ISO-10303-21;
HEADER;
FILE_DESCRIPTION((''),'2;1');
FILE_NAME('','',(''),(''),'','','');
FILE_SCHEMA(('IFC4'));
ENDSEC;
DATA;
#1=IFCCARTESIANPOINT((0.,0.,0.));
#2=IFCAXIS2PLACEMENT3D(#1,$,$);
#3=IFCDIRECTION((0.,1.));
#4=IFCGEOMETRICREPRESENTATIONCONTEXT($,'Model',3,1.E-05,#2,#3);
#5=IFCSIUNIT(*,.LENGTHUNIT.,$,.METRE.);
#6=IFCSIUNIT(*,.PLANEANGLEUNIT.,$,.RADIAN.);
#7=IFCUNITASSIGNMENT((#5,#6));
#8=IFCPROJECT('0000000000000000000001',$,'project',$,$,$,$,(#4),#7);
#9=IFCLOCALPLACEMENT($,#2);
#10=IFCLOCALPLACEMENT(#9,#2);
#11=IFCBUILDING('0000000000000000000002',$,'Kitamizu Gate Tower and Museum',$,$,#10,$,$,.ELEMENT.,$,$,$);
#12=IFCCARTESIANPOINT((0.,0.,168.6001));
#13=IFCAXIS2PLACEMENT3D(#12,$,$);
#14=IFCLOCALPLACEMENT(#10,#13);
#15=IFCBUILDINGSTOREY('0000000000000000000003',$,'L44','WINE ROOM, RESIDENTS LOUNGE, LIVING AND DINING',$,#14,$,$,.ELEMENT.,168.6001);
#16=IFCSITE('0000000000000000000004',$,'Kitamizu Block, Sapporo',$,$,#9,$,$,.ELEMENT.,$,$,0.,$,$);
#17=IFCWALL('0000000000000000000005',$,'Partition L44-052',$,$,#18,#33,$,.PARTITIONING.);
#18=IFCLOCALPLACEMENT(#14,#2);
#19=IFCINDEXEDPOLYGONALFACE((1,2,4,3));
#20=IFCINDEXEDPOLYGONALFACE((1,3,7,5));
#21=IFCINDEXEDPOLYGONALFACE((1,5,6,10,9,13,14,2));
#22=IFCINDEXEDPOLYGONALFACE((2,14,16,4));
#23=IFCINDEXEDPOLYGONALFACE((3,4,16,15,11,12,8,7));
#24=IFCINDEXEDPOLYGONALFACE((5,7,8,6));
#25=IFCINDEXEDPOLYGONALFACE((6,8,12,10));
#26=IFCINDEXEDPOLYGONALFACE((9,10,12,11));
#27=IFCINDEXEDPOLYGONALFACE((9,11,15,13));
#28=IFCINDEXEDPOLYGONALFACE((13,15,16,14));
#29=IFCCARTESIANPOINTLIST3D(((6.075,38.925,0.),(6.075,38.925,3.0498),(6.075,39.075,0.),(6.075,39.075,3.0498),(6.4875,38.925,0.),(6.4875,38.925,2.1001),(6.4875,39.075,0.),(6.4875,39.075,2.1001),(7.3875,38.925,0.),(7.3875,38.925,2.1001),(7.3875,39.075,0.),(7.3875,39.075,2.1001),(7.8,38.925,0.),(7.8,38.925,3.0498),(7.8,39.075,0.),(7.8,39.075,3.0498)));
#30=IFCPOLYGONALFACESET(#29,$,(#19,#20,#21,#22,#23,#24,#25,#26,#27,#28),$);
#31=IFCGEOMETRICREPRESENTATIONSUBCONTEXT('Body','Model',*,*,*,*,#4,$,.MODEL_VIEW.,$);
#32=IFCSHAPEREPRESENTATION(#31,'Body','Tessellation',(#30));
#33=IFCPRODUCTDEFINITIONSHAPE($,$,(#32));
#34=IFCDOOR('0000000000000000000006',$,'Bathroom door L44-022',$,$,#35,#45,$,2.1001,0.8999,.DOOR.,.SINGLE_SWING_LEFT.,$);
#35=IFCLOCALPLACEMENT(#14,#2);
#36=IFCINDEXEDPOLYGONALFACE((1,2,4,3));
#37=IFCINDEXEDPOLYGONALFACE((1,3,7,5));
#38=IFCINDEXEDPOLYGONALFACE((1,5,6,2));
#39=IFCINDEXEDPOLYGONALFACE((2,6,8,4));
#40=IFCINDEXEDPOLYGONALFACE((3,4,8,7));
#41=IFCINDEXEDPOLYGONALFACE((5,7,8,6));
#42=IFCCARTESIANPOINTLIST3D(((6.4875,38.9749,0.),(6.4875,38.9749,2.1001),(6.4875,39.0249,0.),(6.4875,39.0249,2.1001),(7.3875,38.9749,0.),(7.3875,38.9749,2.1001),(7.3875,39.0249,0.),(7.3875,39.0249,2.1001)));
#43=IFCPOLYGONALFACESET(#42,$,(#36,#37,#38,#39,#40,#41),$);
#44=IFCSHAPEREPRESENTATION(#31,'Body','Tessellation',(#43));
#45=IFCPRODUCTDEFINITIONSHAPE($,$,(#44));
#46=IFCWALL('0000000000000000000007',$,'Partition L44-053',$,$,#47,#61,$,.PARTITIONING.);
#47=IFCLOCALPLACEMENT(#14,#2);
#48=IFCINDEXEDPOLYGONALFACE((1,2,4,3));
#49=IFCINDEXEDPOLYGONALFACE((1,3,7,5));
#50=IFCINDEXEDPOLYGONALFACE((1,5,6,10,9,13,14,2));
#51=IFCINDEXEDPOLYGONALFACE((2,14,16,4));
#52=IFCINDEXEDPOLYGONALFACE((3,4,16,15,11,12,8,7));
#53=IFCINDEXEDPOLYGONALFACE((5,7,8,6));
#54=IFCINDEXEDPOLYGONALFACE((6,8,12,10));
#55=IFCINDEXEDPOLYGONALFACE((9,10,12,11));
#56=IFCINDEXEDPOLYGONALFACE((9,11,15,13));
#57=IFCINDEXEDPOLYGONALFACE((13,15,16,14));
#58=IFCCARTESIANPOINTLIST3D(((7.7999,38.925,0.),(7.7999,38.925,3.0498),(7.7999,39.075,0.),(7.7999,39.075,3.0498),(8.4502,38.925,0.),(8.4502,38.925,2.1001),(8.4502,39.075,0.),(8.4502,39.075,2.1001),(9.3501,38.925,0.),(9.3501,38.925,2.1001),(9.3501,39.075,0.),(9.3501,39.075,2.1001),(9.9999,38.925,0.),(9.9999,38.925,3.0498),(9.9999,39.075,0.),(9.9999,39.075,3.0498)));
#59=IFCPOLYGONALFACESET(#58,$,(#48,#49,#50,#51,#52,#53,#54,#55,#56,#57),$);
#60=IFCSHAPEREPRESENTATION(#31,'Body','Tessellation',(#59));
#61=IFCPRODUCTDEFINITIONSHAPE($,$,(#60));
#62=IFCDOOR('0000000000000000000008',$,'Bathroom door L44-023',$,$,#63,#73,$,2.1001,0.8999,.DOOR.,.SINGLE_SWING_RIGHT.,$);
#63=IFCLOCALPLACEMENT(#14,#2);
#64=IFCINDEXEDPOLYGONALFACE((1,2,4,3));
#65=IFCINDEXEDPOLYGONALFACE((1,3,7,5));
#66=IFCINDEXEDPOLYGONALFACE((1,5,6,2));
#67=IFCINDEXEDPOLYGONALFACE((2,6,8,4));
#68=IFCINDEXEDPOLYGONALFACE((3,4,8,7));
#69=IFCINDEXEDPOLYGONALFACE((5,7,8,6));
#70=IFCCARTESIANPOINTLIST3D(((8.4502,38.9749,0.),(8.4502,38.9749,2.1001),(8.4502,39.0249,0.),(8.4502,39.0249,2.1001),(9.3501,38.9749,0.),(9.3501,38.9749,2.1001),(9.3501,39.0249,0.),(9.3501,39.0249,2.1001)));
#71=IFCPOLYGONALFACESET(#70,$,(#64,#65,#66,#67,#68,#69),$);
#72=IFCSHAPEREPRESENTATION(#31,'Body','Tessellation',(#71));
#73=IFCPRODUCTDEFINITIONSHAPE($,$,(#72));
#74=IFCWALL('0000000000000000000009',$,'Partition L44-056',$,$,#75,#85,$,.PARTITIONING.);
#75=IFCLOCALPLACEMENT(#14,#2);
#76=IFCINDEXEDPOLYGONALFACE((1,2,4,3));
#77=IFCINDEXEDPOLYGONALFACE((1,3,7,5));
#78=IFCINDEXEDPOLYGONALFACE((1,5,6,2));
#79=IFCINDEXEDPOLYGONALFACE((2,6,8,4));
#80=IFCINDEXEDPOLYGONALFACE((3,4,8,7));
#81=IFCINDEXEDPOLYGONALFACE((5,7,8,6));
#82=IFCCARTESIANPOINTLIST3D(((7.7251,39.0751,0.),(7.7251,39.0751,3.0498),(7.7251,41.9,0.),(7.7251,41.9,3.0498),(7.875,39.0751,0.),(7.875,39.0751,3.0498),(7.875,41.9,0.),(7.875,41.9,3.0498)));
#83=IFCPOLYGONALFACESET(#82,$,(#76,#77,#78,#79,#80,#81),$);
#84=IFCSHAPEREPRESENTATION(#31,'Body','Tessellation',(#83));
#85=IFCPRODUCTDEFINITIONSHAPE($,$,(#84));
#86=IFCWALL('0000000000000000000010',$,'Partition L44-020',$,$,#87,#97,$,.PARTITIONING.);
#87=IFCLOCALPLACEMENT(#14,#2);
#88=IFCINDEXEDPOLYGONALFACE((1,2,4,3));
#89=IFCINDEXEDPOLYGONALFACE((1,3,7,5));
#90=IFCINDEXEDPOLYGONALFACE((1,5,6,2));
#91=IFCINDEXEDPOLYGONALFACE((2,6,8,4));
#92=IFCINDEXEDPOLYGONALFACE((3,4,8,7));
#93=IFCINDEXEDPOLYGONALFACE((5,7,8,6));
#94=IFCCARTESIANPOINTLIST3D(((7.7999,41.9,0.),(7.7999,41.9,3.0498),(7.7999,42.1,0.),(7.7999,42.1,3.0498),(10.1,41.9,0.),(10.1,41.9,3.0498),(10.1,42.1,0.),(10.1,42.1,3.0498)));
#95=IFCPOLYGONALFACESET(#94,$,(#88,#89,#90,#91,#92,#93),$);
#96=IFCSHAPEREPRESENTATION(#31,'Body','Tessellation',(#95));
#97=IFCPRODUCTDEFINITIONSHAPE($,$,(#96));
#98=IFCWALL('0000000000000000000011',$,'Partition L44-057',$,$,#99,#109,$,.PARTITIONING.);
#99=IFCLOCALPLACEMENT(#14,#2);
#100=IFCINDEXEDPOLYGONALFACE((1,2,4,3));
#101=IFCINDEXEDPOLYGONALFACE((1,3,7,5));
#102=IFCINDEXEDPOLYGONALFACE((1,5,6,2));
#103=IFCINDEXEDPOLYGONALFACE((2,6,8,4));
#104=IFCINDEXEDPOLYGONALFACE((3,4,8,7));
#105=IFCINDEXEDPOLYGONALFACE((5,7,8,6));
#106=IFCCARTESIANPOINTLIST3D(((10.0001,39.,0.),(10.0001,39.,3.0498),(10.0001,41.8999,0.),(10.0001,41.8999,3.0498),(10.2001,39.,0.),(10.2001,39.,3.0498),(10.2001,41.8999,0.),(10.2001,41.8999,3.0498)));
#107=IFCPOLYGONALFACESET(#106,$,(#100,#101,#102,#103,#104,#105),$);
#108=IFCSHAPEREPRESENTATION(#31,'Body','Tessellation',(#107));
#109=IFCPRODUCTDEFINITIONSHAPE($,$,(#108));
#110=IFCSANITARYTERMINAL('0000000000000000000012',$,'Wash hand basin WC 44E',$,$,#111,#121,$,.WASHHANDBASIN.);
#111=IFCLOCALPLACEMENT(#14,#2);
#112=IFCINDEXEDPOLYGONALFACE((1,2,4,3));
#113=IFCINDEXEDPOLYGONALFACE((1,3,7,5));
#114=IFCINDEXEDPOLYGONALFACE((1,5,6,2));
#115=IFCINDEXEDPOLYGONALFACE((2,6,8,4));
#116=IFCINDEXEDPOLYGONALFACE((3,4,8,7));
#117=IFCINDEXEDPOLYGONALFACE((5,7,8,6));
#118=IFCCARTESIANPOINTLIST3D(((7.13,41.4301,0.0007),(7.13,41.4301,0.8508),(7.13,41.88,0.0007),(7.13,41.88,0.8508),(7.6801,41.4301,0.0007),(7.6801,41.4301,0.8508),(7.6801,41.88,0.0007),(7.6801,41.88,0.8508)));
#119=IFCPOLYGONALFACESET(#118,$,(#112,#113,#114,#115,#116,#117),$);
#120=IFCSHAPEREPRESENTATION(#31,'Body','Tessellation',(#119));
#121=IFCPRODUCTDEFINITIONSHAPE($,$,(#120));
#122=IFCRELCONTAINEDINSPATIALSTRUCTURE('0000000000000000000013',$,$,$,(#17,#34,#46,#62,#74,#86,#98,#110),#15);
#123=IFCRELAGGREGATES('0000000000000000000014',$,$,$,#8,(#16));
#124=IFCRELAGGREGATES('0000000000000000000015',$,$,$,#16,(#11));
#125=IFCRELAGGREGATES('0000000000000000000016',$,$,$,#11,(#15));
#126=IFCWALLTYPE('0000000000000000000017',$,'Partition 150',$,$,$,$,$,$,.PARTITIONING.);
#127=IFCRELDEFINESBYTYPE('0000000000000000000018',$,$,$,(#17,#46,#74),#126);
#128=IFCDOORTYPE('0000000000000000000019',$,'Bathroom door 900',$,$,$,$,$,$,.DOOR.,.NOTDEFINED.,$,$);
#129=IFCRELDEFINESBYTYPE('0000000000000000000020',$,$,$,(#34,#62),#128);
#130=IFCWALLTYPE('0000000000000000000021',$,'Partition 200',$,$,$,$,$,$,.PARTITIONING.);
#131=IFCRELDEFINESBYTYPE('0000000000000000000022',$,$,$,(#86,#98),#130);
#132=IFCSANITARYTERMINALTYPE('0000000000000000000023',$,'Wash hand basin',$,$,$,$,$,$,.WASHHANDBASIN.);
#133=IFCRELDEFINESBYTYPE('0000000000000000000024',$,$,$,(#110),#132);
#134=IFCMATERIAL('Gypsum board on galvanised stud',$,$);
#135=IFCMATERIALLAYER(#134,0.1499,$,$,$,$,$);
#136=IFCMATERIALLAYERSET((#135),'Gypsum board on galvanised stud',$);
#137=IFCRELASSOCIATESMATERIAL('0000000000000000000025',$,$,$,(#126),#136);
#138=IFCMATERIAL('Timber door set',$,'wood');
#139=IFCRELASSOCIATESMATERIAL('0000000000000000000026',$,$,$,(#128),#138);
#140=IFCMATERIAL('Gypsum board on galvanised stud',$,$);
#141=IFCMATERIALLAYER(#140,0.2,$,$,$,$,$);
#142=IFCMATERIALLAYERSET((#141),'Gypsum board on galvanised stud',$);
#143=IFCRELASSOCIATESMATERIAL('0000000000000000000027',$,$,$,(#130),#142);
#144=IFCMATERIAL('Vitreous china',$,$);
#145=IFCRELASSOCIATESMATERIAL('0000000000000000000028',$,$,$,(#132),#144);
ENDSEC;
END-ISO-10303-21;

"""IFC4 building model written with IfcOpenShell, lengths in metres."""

from ifc_helpers import new_model, si_unit, direction, frame, frame_2d, origin, origin_2d, place, context, subcontext, project, spatial, rectangle, extrude, material, layer, layer_set, type_object, element, fill, save


model = new_model("IFC4")

# Units and contexts
model_context = context("Model", 3, precision=1e-05, world=origin(), true_north=direction((0.0, 1.0)))
body_context = subcontext(model_context, "Body", "Model", "MODEL_VIEW")
ifc_project = project(units=[si_unit("LENGTHUNIT", "METRE"), si_unit("PLANEANGLEUNIT", "RADIAN")], contexts=[model_context])

# Site, building, storey
site_placement = place(None, origin())
site = spatial("IfcSite", under=ifc_project, at=site_placement, Name="Kitamizu Block, Sapporo", CompositionType="ELEMENT", RefElevation=0.0)
building_placement = place(site_placement, origin())
building = spatial("IfcBuilding", under=site, at=building_placement, Name="Kitamizu Gate Tower and Museum", CompositionType="ELEMENT")
storey_placement = place(building_placement, frame((0.0, 0.0, 168.6001)))
storey = spatial("IfcBuildingStorey", under=building, at=storey_placement, Name="L44", Description="WINE ROOM, RESIDENTS LOUNGE, LIVING AND DINING", CompositionType="ELEMENT", Elevation=168.6001)

# Walls, openings, doors
ifc_material_1 = material(Name="Gypsum board on galvanised stud")
ifc_layer_1 = layer(ifc_material_1, 0.1499)
ifc_layer_set_1 = layer_set([ifc_layer_1], Name="Gypsum board on galvanised stud")
wall_type_1 = type_object("IfcWallType", Name="Partition 150", PredefinedType="PARTITIONING", material=ifc_layer_set_1)
wall_1_placement = place(storey_placement, frame((7.8, 39.0, 0.0), z_axis=(0.0, 0.0, 1.0), x_axis=(-1.0, 0.0, 0.0)))
wall_1 = element("IfcWall", 1, at=wall_1_placement, inside=storey, type_object=wall_type_1, Name="Partition L44-052", PredefinedType="PARTITIONING", context=body_context, shape_type="SweptSolid", body=[
    extrude(rectangle(XDim=1.7251, YDim=0.1499, at=frame_2d((0.8625, 0.0))), origin(), (0.0, 0.0, 1.0), 3.0498),
])
opening_1_placement = place(wall_1_placement, frame((0.4126, 0.0, 0.0)))
opening_1 = element("IfcOpeningElement", 2, at=opening_1_placement, cuts=wall_1, PredefinedType="OPENING", context=body_context, shape_type="SweptSolid", body=[
    extrude(rectangle(XDim=0.8999, YDim=2.1001, at=frame_2d((0.45, 1.05))), frame((0.0, 0.085, 0.0), z_axis=(0.0, -1.0, 0.0), x_axis=(1.0, 0.0, 0.0)), (0.0, 0.0, 1.0), 0.1699),
])
ifc_material_2 = material(Name="Timber door set", Category="wood")
door_type = type_object("IfcDoorType", Name="Bathroom door 900", OperationType="NOTDEFINED", PredefinedType="DOOR", material=ifc_material_2)
door_1_placement = place(opening_1_placement, frame((0.8999, 0.0, 0.0), x_axis=(-1.0, 0.0, 0.0)))
door_1 = element("IfcDoor", 3, at=door_1_placement, inside=storey, type_object=door_type, Name="Bathroom door L44-022", OperationType="SINGLE_SWING_LEFT", OverallHeight=2.1001, OverallWidth=0.8999, PredefinedType="DOOR", context=body_context, shape_type="SweptSolid", body=[
    extrude(rectangle(XDim=0.8999, YDim=2.1001, at=frame_2d((0.45, 1.05))), frame((0.0, 0.0249, 0.0), z_axis=(0.0, -1.0, 0.0), x_axis=(1.0, 0.0, 0.0)), (0.0, 0.0, 1.0), 0.05),
])
fill(opening_1, door_1)
wall_2_placement = place(storey_placement, frame((10.0, 39.0, 0.0), z_axis=(0.0, 0.0, 1.0), x_axis=(-1.0, 0.0, 0.0)))
wall_2 = element("IfcWall", 4, at=wall_2_placement, inside=storey, type_object=wall_type_1, Name="Partition L44-053", PredefinedType="PARTITIONING", context=body_context, shape_type="SweptSolid", body=[
    extrude(rectangle(XDim=2.2, YDim=0.1499, at=frame_2d((1.1001, 0.0))), origin(), (0.0, 0.0, 1.0), 3.0498),
])
opening_2_placement = place(wall_2_placement, frame((0.6499, 0.0, 0.0)))
opening_2 = element("IfcOpeningElement", 5, at=opening_2_placement, cuts=wall_2, PredefinedType="OPENING", context=body_context, shape_type="SweptSolid", body=[
    extrude(rectangle(XDim=0.8999, YDim=2.1001, at=frame_2d((0.45, 1.05))), frame((0.0, 0.085, 0.0), z_axis=(0.0, -1.0, 0.0), x_axis=(1.0, 0.0, 0.0)), (0.0, 0.0, 1.0), 0.1699),
])
door_2_placement = place(opening_2_placement, frame((0.8999, 0.0, 0.0), x_axis=(-1.0, 0.0, 0.0)))
door_2 = element("IfcDoor", 6, at=door_2_placement, inside=storey, type_object=door_type, Name="Bathroom door L44-023", OperationType="SINGLE_SWING_RIGHT", OverallHeight=2.1001, OverallWidth=0.8999, PredefinedType="DOOR", context=body_context, shape_type="SweptSolid", body=[
    extrude(rectangle(XDim=0.8999, YDim=2.1001, at=frame_2d((0.45, 1.05))), frame((0.0, 0.0249, 0.0), z_axis=(0.0, -1.0, 0.0), x_axis=(1.0, 0.0, 0.0)), (0.0, 0.0, 1.0), 0.05),
])
fill(opening_2, door_2)

# Walls
wall_3_placement = place(storey_placement, frame((7.8, 39.075, 0.0), z_axis=(0.0, 0.0, 1.0), x_axis=(0.0, 1.0, 0.0)))
element("IfcWall", 7, at=wall_3_placement, inside=storey, type_object=wall_type_1, Name="Partition L44-056", PredefinedType="PARTITIONING", context=body_context, shape_type="SweptSolid", body=[
    extrude(rectangle(XDim=2.825, YDim=0.1499, at=frame_2d((1.4126, 0.0))), origin(), (0.0, 0.0, 1.0), 3.0498),
])
ifc_material_3 = material(Name="Gypsum board on galvanised stud")
ifc_layer_2 = layer(ifc_material_3, 0.2)
ifc_layer_set_2 = layer_set([ifc_layer_2], Name="Gypsum board on galvanised stud")
wall_type_2 = type_object("IfcWallType", Name="Partition 200", PredefinedType="PARTITIONING", material=ifc_layer_set_2)
wall_4_placement = place(storey_placement, frame((7.8, 42.0, 0.0), z_axis=(0.0, 0.0, 1.0), x_axis=(1.0, 0.0, 0.0)))
element("IfcWall", 8, at=wall_4_placement, inside=storey, type_object=wall_type_2, Name="Partition L44-020", PredefinedType="PARTITIONING", context=body_context, shape_type="SweptSolid", body=[
    extrude(rectangle(XDim=2.3, YDim=0.2, at=frame_2d((1.1499, 0.0))), origin(), (0.0, 0.0, 1.0), 3.0498),
])
wall_5_placement = place(storey_placement, frame((10.1001, 39.0, 0.0), z_axis=(0.0, 0.0, 1.0), x_axis=(0.0, 1.0, 0.0)))
element("IfcWall", 9, at=wall_5_placement, inside=storey, type_object=wall_type_2, Name="Partition L44-057", PredefinedType="PARTITIONING", context=body_context, shape_type="SweptSolid", body=[
    extrude(rectangle(XDim=2.8999, YDim=0.2, at=frame_2d((1.45, 0.0))), origin(), (0.0, 0.0, 1.0), 3.0498),
])

# Sanitary terminal
ifc_material_4 = material(Name="Vitreous china")
sanitary_terminal_type = type_object("IfcSanitaryTerminalType", Name="Wash hand basin", PredefinedType="WASHHANDBASIN", material=ifc_material_4)
sanitary_terminal_placement = place(storey_placement, frame((7.405, 41.655, 0.0007), z_axis=(0.0, 0.0, 1.0), x_axis=(1.0, 0.0, 0.0)))
element("IfcSanitaryTerminal", 10, at=sanitary_terminal_placement, inside=storey, type_object=sanitary_terminal_type, Name="Wash hand basin WC 44E", PredefinedType="WASHHANDBASIN", context=body_context, shape_type="SweptSolid", body=[
    extrude(rectangle(XDim=0.55, YDim=0.45, at=origin_2d()), origin(), (0.0, 0.0, 1.0), 0.8501),
])

save(model, "model.ifc")
